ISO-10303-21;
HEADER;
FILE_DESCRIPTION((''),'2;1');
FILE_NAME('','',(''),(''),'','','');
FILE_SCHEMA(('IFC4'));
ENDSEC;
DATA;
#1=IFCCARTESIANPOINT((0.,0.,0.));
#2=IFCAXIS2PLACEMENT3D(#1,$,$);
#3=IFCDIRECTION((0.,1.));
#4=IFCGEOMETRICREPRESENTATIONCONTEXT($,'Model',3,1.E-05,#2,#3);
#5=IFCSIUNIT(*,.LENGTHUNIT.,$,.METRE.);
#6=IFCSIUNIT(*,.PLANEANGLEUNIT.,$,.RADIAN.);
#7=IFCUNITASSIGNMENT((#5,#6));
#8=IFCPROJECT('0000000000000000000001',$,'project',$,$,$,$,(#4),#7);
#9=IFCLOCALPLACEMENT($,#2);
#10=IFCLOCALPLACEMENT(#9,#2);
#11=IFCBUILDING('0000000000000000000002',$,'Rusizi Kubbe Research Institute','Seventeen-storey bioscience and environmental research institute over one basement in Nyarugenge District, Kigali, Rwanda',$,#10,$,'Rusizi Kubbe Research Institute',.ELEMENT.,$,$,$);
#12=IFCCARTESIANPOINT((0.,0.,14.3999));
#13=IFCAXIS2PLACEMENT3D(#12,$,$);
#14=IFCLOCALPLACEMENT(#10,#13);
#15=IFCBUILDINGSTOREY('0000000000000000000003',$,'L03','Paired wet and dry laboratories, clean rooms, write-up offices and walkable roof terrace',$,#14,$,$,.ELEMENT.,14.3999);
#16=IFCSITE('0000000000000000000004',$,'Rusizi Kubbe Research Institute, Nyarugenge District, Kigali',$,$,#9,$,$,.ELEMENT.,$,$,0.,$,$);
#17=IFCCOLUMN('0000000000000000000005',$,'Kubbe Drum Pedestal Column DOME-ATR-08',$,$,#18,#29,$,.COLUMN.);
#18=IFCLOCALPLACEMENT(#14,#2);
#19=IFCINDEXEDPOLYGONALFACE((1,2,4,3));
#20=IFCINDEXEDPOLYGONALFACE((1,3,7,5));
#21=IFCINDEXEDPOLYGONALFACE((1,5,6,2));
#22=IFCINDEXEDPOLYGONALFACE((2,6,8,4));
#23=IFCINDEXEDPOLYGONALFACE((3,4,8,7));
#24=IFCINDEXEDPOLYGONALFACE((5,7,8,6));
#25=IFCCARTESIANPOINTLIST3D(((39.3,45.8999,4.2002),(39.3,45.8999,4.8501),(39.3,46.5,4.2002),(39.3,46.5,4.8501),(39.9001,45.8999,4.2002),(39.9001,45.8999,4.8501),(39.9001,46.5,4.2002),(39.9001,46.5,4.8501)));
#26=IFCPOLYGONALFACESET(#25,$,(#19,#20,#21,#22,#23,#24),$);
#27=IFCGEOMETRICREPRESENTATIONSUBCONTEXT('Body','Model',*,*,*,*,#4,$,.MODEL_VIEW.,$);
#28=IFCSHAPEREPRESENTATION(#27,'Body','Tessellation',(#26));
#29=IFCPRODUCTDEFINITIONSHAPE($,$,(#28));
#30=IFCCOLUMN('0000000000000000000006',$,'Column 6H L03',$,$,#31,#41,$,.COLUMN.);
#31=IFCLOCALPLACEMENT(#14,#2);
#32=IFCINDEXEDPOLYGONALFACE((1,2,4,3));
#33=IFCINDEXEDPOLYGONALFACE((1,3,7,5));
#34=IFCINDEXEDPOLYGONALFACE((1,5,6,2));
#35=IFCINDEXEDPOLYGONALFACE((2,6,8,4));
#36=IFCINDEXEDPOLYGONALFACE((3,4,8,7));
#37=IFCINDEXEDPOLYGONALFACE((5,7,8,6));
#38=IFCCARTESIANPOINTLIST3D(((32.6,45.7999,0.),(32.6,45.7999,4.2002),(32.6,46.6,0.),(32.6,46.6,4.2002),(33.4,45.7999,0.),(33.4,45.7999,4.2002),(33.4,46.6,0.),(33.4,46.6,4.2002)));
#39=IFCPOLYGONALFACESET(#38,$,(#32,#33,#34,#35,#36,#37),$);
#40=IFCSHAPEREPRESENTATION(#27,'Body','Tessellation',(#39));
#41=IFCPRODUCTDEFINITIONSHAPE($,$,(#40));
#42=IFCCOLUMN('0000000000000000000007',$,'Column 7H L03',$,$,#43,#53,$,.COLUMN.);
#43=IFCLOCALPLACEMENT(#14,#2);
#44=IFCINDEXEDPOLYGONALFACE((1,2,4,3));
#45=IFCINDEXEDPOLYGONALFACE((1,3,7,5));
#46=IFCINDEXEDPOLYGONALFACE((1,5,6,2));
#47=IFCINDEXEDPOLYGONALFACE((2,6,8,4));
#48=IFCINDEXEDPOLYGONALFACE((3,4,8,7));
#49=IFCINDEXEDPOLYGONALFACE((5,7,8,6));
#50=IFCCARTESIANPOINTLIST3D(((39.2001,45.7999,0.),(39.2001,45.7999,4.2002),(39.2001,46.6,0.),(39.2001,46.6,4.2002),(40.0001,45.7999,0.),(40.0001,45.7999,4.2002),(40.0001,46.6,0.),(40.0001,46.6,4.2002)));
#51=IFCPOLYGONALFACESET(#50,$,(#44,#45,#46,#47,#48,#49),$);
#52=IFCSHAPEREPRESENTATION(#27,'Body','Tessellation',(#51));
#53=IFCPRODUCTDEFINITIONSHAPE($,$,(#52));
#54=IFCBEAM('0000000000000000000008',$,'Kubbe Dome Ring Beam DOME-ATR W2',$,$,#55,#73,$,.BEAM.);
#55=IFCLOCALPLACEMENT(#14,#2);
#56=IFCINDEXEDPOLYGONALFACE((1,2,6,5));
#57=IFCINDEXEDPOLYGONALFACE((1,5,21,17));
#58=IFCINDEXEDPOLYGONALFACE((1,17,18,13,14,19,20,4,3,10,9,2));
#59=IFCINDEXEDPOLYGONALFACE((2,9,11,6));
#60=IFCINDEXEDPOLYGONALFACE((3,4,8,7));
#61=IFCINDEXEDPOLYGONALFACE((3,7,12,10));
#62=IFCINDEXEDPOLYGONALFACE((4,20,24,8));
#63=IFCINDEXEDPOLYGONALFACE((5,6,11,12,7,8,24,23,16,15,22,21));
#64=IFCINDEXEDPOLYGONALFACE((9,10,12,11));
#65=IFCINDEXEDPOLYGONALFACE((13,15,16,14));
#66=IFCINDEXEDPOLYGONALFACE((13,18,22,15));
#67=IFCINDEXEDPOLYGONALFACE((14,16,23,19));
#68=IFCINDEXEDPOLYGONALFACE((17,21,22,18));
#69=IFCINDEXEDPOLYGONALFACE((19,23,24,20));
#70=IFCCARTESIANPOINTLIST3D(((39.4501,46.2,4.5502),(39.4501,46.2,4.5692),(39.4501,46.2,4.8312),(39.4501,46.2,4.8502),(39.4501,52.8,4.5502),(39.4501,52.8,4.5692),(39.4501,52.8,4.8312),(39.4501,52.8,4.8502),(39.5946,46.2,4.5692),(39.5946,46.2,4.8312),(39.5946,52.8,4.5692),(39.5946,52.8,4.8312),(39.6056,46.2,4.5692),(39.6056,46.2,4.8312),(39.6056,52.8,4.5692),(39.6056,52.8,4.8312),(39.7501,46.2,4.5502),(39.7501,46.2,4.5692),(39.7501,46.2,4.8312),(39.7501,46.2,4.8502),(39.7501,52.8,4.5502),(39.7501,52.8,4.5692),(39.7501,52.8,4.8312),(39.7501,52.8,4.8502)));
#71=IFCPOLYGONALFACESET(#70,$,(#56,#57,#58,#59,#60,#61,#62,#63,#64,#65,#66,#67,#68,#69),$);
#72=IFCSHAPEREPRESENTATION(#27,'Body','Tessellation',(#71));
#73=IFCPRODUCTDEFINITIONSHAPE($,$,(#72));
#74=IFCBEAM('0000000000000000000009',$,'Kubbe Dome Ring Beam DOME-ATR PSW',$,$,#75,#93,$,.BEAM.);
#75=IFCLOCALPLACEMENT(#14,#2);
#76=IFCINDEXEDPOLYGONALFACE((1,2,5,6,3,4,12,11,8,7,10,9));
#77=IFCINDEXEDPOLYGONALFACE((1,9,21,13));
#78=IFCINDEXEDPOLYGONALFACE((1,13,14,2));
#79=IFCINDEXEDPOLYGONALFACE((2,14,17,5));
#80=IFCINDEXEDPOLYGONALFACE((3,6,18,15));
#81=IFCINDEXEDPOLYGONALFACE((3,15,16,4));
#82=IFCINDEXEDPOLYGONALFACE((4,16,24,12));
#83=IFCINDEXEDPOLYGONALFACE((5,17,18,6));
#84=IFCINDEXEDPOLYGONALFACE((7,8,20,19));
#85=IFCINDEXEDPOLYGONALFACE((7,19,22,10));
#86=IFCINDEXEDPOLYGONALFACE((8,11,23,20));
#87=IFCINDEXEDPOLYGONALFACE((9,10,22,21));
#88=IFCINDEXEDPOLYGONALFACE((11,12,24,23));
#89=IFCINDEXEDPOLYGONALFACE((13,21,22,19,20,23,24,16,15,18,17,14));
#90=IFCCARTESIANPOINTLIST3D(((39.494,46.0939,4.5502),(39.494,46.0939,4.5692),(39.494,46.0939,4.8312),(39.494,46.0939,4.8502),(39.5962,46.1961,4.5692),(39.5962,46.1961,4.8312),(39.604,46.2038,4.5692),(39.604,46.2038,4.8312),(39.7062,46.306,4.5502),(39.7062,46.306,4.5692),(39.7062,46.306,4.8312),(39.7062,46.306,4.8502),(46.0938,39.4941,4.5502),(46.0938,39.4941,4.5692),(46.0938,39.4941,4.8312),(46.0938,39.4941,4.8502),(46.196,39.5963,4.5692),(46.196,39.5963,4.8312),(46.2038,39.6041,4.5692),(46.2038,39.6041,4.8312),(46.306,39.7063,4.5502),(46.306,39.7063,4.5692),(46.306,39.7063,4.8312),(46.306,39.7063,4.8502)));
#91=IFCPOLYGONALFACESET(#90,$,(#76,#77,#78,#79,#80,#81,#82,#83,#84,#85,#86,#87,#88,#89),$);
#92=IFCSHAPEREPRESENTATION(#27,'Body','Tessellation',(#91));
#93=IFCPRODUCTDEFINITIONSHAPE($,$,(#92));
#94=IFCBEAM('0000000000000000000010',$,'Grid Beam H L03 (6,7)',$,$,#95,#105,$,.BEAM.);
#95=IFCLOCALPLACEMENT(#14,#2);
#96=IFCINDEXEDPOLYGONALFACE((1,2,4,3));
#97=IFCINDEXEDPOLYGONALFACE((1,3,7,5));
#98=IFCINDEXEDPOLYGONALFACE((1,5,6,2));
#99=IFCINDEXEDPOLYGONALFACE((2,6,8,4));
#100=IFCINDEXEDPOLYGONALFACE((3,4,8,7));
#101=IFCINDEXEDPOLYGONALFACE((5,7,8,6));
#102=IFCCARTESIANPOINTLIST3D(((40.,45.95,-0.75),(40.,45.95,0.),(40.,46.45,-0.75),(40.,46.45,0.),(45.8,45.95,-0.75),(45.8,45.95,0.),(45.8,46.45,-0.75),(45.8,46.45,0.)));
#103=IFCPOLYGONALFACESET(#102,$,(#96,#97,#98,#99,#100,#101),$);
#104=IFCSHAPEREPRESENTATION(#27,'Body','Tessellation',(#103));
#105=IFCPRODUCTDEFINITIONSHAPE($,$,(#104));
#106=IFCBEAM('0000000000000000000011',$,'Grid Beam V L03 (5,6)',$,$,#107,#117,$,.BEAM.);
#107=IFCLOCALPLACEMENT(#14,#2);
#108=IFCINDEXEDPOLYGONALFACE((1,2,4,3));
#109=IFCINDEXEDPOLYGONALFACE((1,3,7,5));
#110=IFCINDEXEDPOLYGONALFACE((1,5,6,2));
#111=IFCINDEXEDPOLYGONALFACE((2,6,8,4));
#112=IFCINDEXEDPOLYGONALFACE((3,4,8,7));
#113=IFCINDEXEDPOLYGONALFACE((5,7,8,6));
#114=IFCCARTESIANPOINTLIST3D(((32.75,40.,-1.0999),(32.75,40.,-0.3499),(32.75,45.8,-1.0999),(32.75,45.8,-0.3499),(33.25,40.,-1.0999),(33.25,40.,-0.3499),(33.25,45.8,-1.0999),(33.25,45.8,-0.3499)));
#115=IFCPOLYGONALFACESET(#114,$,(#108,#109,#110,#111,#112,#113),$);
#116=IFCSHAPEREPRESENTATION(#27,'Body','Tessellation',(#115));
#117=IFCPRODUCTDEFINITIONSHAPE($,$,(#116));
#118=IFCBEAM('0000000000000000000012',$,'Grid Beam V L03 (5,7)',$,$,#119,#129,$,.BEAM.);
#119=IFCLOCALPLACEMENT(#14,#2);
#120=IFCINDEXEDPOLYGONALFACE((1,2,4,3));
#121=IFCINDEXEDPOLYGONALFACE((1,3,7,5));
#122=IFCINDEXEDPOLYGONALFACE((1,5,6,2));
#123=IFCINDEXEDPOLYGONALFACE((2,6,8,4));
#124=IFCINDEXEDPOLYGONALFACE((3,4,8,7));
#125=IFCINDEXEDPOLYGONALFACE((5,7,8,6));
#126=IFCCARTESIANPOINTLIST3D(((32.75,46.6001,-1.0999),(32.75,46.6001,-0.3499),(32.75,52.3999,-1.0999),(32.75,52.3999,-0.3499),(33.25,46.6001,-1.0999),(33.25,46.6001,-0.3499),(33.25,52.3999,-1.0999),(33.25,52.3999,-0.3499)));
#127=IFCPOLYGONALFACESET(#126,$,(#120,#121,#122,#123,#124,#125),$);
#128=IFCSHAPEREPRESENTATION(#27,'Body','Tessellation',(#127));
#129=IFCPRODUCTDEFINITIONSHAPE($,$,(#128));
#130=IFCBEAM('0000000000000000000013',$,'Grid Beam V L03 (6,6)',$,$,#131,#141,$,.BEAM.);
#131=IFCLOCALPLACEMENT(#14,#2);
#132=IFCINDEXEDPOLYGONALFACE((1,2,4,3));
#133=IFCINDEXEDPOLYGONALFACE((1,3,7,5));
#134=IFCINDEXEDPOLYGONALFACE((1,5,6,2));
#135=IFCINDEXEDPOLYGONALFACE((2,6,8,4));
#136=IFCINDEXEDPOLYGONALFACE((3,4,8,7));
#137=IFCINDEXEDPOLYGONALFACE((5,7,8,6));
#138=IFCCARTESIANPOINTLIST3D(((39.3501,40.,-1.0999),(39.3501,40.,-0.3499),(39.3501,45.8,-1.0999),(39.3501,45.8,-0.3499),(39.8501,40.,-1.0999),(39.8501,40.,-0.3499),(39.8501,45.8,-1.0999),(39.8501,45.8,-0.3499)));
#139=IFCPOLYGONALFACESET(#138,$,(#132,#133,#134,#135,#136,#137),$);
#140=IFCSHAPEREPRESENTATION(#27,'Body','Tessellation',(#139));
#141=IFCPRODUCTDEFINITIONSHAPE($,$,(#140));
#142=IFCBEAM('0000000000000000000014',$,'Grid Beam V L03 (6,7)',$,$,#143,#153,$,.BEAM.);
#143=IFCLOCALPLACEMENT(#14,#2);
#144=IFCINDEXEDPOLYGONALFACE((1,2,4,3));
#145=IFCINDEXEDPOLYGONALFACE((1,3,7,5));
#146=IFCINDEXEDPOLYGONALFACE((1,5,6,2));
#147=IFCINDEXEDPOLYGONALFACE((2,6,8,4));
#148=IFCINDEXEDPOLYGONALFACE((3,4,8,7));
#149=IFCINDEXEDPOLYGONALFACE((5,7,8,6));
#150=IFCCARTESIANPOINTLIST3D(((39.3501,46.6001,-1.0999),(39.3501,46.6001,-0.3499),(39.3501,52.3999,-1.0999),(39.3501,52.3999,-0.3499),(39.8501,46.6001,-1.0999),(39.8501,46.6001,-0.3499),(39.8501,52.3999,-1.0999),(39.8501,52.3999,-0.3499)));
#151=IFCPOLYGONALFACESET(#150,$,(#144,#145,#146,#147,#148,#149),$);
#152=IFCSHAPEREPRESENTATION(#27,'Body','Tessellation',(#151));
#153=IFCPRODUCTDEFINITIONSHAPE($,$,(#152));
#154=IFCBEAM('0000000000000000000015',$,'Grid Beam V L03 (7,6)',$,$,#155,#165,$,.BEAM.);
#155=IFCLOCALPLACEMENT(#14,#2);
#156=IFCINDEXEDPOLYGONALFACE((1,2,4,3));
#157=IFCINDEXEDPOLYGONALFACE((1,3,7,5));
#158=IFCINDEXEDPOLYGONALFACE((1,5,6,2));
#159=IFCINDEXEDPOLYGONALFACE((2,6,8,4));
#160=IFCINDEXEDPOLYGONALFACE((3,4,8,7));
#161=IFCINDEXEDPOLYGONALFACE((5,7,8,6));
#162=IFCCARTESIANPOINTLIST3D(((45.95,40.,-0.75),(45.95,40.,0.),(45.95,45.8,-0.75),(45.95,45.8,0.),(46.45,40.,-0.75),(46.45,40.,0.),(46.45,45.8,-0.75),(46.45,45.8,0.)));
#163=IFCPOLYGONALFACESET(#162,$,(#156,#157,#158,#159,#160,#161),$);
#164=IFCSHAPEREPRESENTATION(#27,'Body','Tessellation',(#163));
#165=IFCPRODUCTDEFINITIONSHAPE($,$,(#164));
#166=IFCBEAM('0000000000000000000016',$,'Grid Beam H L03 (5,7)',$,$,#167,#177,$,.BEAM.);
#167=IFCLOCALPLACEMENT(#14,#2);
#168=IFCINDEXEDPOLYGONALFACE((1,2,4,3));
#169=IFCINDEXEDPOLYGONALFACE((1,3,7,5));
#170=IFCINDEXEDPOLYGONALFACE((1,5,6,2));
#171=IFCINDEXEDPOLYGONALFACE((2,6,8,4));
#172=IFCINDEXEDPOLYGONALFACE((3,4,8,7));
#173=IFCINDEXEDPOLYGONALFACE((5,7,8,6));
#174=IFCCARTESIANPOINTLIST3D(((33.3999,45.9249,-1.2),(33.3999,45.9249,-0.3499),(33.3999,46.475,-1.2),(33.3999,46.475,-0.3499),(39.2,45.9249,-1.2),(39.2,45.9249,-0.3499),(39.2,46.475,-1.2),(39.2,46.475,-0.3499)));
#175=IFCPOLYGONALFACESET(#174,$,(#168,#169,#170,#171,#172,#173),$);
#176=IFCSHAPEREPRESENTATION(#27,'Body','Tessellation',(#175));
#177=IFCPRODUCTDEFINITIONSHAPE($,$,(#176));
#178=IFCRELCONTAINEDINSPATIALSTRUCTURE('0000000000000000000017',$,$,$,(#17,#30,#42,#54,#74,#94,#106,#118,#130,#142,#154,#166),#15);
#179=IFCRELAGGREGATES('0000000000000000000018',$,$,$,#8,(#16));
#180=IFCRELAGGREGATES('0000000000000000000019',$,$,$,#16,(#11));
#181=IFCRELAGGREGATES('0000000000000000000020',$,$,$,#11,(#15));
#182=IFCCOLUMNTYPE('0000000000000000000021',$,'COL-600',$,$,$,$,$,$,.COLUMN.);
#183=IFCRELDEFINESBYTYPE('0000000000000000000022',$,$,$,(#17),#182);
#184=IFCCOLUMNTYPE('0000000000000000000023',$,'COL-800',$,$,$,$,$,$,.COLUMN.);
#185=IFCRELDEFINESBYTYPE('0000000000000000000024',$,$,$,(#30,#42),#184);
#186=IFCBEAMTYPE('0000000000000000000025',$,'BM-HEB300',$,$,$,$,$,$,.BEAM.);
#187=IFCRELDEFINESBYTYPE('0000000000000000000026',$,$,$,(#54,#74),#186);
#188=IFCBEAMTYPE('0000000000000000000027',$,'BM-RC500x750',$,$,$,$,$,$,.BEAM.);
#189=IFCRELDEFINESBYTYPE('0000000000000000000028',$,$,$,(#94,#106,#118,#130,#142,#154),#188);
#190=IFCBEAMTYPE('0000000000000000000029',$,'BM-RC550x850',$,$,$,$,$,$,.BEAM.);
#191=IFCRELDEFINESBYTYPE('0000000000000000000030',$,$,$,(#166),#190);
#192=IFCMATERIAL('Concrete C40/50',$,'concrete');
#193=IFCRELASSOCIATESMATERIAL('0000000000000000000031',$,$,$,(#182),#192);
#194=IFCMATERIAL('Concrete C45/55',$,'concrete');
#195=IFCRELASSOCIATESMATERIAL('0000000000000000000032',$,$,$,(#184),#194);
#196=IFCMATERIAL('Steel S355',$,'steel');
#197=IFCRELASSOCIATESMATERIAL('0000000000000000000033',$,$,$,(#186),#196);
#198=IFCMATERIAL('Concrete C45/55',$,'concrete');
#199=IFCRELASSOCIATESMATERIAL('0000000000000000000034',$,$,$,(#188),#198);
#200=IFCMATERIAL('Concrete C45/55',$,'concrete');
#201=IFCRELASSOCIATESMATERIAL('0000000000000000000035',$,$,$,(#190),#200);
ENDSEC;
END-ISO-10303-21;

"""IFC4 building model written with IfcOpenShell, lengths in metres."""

from ifc_helpers import new_model, si_unit, direction, frame, origin, origin_2d, place, context, subcontext, project, spatial, rectangle, i_section, extrude, material, material_profile, profile_set, type_object, element, save


model = new_model("IFC4")

# Units and contexts
model_context = context("Model", 3, precision=1e-05, world=origin(), true_north=direction((0.0, 1.0)))
body_context = subcontext(model_context, "Body", "Model", "MODEL_VIEW")
ifc_project = project(units=[si_unit("LENGTHUNIT", "METRE"), si_unit("PLANEANGLEUNIT", "RADIAN")], contexts=[model_context])

# Site, building, storey
site_placement = place(None, origin())
site = spatial("IfcSite", under=ifc_project, at=site_placement, Name="Rusizi Kubbe Research Institute, Nyarugenge District, Kigali", CompositionType="ELEMENT", RefElevation=0.0)
building_placement = place(site_placement, origin())
building = spatial("IfcBuilding", under=site, at=building_placement, Name="Rusizi Kubbe Research Institute", Description="Seventeen-storey bioscience and environmental research institute over one basement in Nyarugenge District, Kigali, Rwanda", LongName="Rusizi Kubbe Research Institute", CompositionType="ELEMENT")
storey_placement = place(building_placement, frame((0.0, 0.0, 14.3999)))
storey = spatial("IfcBuildingStorey", under=building, at=storey_placement, Name="L03", Description="Paired wet and dry laboratories, clean rooms, write-up offices and walkable roof terrace", CompositionType="ELEMENT", Elevation=14.3999)

# Columns
ifc_material_1 = material(Name="Concrete C40/50", Category="concrete")
ifc_material_profile_1 = material_profile(ifc_material_1, rectangle(XDim=0.6001, YDim=0.6001, at=origin_2d()), Name="RC600x600")
ifc_profile_set_1 = profile_set([ifc_material_profile_1], Name="Concrete C40/50")
column_type_1 = type_object("IfcColumnType", Name="COL-600", PredefinedType="COLUMN", material=ifc_profile_set_1)
column_placement = place(storey_placement, frame((39.6001, 46.2, 4.2002), z_axis=(0.0, 0.0, 1.0), x_axis=(1.0, 0.0, 0.0)))
element("IfcColumn", 1, at=column_placement, inside=storey, type_object=column_type_1, Name="Kubbe Drum Pedestal Column DOME-ATR-08", PredefinedType="COLUMN", context=body_context, shape_type="SweptSolid", body=[
    extrude(rectangle(XDim=0.6001, YDim=0.6001, at=origin_2d()), origin(), (0.0, 0.0, 1.0), 0.6499),
])
ifc_material_2 = material(Name="Concrete C45/55", Category="concrete")
ifc_material_profile_2 = material_profile(ifc_material_2, rectangle(XDim=0.8, YDim=0.8, at=origin_2d()), Name="RC800x800")
ifc_profile_set_2 = profile_set([ifc_material_profile_2], Name="Concrete C45/55")
column_type_2 = type_object("IfcColumnType", Name="COL-800", PredefinedType="COLUMN", material=ifc_profile_set_2)
for number, where, z_axis, x_axis, name in (
    (2, (33.0, 46.2, 0.0), (0.0, 0.0, 1.0), (1.0, 0.0, 0.0), "Column 6H L03"),
    (3, (39.6001, 46.2, 0.0), (0.0, 0.0, 1.0), (1.0, 0.0, 0.0), "Column 7H L03"),
):
    element("IfcColumn", number, at=place(storey_placement, frame(where, z_axis=z_axis, x_axis=x_axis)), inside=storey, type_object=column_type_2, Name=name, PredefinedType="COLUMN", context=body_context, shape_type="SweptSolid", body=[
        extrude(rectangle(XDim=0.8, YDim=0.8, at=origin_2d()), origin(), (0.0, 0.0, 1.0), 4.2002),
    ])

# Beams
ifc_material_3 = material(Name="Steel S355", Category="steel")
ifc_material_profile_3 = material_profile(ifc_material_3, i_section(OverallWidth=0.3, OverallDepth=0.3, WebThickness=0.011, FlangeThickness=0.019, at=origin_2d()), Name="HEB 300")
ifc_profile_set_3 = profile_set([ifc_material_profile_3], Name="Steel S355")
beam_type_1 = type_object("IfcBeamType", Name="BM-HEB300", PredefinedType="BEAM", material=ifc_profile_set_3)
beam_1_placement = place(storey_placement, frame((39.6001, 46.2, 4.7002), z_axis=(0.0, 1.0, 0.0), x_axis=(-1.0, 0.0, 0.0)))
element("IfcBeam", 4, at=beam_1_placement, inside=storey, type_object=beam_type_1, Name="Kubbe Dome Ring Beam DOME-ATR W2", PredefinedType="BEAM", context=body_context, shape_type="SweptSolid", body=[
    extrude(i_section(OverallWidth=0.3, OverallDepth=0.3, WebThickness=0.011, FlangeThickness=0.019, at=origin_2d()), origin(), (0.0, 0.0, 1.0), 6.6001),
])
beam_2_placement = place(storey_placement, frame((39.6001, 46.2, 4.7002), z_axis=(0.707107, -0.707107, 0.0), x_axis=(0.707107, 0.707107, 0.0)))
element("IfcBeam", 5, at=beam_2_placement, inside=storey, type_object=beam_type_1, Name="Kubbe Dome Ring Beam DOME-ATR PSW", PredefinedType="BEAM", context=body_context, shape_type="SweptSolid", body=[
    extrude(i_section(OverallWidth=0.3, OverallDepth=0.3, WebThickness=0.011, FlangeThickness=0.019, at=origin_2d()), origin(), (0.0, 0.0, 1.0), 9.3335),
])
ifc_material_4 = material(Name="Concrete C45/55", Category="concrete")
ifc_material_profile_4 = material_profile(ifc_material_4, rectangle(XDim=0.5, YDim=0.75, at=origin_2d()), Name="RC500x750B")
ifc_profile_set_4 = profile_set([ifc_material_profile_4], Name="Concrete C45/55")
beam_type_2 = type_object("IfcBeamType", Name="BM-RC500x750", PredefinedType="BEAM", material=ifc_profile_set_4)
for number, where, z_axis, x_axis, name in (
    (6, (40.0, 46.2, -0.375), (1.0, 0.0, 0.0), (0.0, 1.0, 0.0), "Grid Beam H L03 (6,7)"),
    (7, (33.0, 40.0, -0.7249), (0.0, 1.0, 0.0), (-1.0, 0.0, 0.0), "Grid Beam V L03 (5,6)"),
):
    element("IfcBeam", number, at=place(storey_placement, frame(where, z_axis=z_axis, x_axis=x_axis)), inside=storey, type_object=beam_type_2, Name=name, PredefinedType="BEAM", context=body_context, shape_type="SweptSolid", body=[
        extrude(rectangle(XDim=0.5, YDim=0.75, at=origin_2d()), origin(), (0.0, 0.0, 1.0), 5.8),
    ])
beam_3_placement = place(storey_placement, frame((33.0, 46.6001, -0.7249), z_axis=(0.0, 1.0, 0.0), x_axis=(-1.0, 0.0, 0.0)))
element("IfcBeam", 8, at=beam_3_placement, inside=storey, type_object=beam_type_2, Name="Grid Beam V L03 (5,7)", PredefinedType="BEAM", context=body_context, shape_type="SweptSolid", body=[
    extrude(rectangle(XDim=0.5, YDim=0.75, at=origin_2d()), origin(), (0.0, 0.0, 1.0), 5.7998),
])
beam_4_placement = place(storey_placement, frame((39.6001, 40.0, -0.7249), z_axis=(0.0, 1.0, 0.0), x_axis=(-1.0, 0.0, 0.0)))
element("IfcBeam", 9, at=beam_4_placement, inside=storey, type_object=beam_type_2, Name="Grid Beam V L03 (6,6)", PredefinedType="BEAM", context=body_context, shape_type="SweptSolid", body=[
    extrude(rectangle(XDim=0.5, YDim=0.75, at=origin_2d()), origin(), (0.0, 0.0, 1.0), 5.8),
])
beam_5_placement = place(storey_placement, frame((39.6001, 46.6001, -0.7249), z_axis=(0.0, 1.0, 0.0), x_axis=(-1.0, 0.0, 0.0)))
element("IfcBeam", 10, at=beam_5_placement, inside=storey, type_object=beam_type_2, Name="Grid Beam V L03 (6,7)", PredefinedType="BEAM", context=body_context, shape_type="SweptSolid", body=[
    extrude(rectangle(XDim=0.5, YDim=0.75, at=origin_2d()), origin(), (0.0, 0.0, 1.0), 5.7998),
])
beam_6_placement = place(storey_placement, frame((46.2, 40.0, -0.375), z_axis=(0.0, 1.0, 0.0), x_axis=(-1.0, 0.0, 0.0)))
element("IfcBeam", 11, at=beam_6_placement, inside=storey, type_object=beam_type_2, Name="Grid Beam V L03 (7,6)", PredefinedType="BEAM", context=body_context, shape_type="SweptSolid", body=[
    extrude(rectangle(XDim=0.5, YDim=0.75, at=origin_2d()), origin(), (0.0, 0.0, 1.0), 5.8),
])
ifc_material_5 = material(Name="Concrete C45/55", Category="concrete")
ifc_material_profile_5 = material_profile(ifc_material_5, rectangle(XDim=0.55, YDim=0.8501, at=origin_2d()), Name="RC550x850")
ifc_profile_set_5 = profile_set([ifc_material_profile_5], Name="Concrete C45/55")
beam_type_3 = type_object("IfcBeamType", Name="BM-RC550x850", PredefinedType="BEAM", material=ifc_profile_set_5)
beam_7_placement = place(storey_placement, frame((33.3999, 46.2, -0.7749), z_axis=(1.0, 0.0, 0.0), x_axis=(0.0, 1.0, 0.0)))
element("IfcBeam", 12, at=beam_7_placement, inside=storey, type_object=beam_type_3, Name="Grid Beam H L03 (5,7)", PredefinedType="BEAM", context=body_context, shape_type="SweptSolid", body=[
    extrude(rectangle(XDim=0.55, YDim=0.8501, at=origin_2d()), origin(), (0.0, 0.0, 1.0), 5.8),
])

save(model, "model.ifc")
